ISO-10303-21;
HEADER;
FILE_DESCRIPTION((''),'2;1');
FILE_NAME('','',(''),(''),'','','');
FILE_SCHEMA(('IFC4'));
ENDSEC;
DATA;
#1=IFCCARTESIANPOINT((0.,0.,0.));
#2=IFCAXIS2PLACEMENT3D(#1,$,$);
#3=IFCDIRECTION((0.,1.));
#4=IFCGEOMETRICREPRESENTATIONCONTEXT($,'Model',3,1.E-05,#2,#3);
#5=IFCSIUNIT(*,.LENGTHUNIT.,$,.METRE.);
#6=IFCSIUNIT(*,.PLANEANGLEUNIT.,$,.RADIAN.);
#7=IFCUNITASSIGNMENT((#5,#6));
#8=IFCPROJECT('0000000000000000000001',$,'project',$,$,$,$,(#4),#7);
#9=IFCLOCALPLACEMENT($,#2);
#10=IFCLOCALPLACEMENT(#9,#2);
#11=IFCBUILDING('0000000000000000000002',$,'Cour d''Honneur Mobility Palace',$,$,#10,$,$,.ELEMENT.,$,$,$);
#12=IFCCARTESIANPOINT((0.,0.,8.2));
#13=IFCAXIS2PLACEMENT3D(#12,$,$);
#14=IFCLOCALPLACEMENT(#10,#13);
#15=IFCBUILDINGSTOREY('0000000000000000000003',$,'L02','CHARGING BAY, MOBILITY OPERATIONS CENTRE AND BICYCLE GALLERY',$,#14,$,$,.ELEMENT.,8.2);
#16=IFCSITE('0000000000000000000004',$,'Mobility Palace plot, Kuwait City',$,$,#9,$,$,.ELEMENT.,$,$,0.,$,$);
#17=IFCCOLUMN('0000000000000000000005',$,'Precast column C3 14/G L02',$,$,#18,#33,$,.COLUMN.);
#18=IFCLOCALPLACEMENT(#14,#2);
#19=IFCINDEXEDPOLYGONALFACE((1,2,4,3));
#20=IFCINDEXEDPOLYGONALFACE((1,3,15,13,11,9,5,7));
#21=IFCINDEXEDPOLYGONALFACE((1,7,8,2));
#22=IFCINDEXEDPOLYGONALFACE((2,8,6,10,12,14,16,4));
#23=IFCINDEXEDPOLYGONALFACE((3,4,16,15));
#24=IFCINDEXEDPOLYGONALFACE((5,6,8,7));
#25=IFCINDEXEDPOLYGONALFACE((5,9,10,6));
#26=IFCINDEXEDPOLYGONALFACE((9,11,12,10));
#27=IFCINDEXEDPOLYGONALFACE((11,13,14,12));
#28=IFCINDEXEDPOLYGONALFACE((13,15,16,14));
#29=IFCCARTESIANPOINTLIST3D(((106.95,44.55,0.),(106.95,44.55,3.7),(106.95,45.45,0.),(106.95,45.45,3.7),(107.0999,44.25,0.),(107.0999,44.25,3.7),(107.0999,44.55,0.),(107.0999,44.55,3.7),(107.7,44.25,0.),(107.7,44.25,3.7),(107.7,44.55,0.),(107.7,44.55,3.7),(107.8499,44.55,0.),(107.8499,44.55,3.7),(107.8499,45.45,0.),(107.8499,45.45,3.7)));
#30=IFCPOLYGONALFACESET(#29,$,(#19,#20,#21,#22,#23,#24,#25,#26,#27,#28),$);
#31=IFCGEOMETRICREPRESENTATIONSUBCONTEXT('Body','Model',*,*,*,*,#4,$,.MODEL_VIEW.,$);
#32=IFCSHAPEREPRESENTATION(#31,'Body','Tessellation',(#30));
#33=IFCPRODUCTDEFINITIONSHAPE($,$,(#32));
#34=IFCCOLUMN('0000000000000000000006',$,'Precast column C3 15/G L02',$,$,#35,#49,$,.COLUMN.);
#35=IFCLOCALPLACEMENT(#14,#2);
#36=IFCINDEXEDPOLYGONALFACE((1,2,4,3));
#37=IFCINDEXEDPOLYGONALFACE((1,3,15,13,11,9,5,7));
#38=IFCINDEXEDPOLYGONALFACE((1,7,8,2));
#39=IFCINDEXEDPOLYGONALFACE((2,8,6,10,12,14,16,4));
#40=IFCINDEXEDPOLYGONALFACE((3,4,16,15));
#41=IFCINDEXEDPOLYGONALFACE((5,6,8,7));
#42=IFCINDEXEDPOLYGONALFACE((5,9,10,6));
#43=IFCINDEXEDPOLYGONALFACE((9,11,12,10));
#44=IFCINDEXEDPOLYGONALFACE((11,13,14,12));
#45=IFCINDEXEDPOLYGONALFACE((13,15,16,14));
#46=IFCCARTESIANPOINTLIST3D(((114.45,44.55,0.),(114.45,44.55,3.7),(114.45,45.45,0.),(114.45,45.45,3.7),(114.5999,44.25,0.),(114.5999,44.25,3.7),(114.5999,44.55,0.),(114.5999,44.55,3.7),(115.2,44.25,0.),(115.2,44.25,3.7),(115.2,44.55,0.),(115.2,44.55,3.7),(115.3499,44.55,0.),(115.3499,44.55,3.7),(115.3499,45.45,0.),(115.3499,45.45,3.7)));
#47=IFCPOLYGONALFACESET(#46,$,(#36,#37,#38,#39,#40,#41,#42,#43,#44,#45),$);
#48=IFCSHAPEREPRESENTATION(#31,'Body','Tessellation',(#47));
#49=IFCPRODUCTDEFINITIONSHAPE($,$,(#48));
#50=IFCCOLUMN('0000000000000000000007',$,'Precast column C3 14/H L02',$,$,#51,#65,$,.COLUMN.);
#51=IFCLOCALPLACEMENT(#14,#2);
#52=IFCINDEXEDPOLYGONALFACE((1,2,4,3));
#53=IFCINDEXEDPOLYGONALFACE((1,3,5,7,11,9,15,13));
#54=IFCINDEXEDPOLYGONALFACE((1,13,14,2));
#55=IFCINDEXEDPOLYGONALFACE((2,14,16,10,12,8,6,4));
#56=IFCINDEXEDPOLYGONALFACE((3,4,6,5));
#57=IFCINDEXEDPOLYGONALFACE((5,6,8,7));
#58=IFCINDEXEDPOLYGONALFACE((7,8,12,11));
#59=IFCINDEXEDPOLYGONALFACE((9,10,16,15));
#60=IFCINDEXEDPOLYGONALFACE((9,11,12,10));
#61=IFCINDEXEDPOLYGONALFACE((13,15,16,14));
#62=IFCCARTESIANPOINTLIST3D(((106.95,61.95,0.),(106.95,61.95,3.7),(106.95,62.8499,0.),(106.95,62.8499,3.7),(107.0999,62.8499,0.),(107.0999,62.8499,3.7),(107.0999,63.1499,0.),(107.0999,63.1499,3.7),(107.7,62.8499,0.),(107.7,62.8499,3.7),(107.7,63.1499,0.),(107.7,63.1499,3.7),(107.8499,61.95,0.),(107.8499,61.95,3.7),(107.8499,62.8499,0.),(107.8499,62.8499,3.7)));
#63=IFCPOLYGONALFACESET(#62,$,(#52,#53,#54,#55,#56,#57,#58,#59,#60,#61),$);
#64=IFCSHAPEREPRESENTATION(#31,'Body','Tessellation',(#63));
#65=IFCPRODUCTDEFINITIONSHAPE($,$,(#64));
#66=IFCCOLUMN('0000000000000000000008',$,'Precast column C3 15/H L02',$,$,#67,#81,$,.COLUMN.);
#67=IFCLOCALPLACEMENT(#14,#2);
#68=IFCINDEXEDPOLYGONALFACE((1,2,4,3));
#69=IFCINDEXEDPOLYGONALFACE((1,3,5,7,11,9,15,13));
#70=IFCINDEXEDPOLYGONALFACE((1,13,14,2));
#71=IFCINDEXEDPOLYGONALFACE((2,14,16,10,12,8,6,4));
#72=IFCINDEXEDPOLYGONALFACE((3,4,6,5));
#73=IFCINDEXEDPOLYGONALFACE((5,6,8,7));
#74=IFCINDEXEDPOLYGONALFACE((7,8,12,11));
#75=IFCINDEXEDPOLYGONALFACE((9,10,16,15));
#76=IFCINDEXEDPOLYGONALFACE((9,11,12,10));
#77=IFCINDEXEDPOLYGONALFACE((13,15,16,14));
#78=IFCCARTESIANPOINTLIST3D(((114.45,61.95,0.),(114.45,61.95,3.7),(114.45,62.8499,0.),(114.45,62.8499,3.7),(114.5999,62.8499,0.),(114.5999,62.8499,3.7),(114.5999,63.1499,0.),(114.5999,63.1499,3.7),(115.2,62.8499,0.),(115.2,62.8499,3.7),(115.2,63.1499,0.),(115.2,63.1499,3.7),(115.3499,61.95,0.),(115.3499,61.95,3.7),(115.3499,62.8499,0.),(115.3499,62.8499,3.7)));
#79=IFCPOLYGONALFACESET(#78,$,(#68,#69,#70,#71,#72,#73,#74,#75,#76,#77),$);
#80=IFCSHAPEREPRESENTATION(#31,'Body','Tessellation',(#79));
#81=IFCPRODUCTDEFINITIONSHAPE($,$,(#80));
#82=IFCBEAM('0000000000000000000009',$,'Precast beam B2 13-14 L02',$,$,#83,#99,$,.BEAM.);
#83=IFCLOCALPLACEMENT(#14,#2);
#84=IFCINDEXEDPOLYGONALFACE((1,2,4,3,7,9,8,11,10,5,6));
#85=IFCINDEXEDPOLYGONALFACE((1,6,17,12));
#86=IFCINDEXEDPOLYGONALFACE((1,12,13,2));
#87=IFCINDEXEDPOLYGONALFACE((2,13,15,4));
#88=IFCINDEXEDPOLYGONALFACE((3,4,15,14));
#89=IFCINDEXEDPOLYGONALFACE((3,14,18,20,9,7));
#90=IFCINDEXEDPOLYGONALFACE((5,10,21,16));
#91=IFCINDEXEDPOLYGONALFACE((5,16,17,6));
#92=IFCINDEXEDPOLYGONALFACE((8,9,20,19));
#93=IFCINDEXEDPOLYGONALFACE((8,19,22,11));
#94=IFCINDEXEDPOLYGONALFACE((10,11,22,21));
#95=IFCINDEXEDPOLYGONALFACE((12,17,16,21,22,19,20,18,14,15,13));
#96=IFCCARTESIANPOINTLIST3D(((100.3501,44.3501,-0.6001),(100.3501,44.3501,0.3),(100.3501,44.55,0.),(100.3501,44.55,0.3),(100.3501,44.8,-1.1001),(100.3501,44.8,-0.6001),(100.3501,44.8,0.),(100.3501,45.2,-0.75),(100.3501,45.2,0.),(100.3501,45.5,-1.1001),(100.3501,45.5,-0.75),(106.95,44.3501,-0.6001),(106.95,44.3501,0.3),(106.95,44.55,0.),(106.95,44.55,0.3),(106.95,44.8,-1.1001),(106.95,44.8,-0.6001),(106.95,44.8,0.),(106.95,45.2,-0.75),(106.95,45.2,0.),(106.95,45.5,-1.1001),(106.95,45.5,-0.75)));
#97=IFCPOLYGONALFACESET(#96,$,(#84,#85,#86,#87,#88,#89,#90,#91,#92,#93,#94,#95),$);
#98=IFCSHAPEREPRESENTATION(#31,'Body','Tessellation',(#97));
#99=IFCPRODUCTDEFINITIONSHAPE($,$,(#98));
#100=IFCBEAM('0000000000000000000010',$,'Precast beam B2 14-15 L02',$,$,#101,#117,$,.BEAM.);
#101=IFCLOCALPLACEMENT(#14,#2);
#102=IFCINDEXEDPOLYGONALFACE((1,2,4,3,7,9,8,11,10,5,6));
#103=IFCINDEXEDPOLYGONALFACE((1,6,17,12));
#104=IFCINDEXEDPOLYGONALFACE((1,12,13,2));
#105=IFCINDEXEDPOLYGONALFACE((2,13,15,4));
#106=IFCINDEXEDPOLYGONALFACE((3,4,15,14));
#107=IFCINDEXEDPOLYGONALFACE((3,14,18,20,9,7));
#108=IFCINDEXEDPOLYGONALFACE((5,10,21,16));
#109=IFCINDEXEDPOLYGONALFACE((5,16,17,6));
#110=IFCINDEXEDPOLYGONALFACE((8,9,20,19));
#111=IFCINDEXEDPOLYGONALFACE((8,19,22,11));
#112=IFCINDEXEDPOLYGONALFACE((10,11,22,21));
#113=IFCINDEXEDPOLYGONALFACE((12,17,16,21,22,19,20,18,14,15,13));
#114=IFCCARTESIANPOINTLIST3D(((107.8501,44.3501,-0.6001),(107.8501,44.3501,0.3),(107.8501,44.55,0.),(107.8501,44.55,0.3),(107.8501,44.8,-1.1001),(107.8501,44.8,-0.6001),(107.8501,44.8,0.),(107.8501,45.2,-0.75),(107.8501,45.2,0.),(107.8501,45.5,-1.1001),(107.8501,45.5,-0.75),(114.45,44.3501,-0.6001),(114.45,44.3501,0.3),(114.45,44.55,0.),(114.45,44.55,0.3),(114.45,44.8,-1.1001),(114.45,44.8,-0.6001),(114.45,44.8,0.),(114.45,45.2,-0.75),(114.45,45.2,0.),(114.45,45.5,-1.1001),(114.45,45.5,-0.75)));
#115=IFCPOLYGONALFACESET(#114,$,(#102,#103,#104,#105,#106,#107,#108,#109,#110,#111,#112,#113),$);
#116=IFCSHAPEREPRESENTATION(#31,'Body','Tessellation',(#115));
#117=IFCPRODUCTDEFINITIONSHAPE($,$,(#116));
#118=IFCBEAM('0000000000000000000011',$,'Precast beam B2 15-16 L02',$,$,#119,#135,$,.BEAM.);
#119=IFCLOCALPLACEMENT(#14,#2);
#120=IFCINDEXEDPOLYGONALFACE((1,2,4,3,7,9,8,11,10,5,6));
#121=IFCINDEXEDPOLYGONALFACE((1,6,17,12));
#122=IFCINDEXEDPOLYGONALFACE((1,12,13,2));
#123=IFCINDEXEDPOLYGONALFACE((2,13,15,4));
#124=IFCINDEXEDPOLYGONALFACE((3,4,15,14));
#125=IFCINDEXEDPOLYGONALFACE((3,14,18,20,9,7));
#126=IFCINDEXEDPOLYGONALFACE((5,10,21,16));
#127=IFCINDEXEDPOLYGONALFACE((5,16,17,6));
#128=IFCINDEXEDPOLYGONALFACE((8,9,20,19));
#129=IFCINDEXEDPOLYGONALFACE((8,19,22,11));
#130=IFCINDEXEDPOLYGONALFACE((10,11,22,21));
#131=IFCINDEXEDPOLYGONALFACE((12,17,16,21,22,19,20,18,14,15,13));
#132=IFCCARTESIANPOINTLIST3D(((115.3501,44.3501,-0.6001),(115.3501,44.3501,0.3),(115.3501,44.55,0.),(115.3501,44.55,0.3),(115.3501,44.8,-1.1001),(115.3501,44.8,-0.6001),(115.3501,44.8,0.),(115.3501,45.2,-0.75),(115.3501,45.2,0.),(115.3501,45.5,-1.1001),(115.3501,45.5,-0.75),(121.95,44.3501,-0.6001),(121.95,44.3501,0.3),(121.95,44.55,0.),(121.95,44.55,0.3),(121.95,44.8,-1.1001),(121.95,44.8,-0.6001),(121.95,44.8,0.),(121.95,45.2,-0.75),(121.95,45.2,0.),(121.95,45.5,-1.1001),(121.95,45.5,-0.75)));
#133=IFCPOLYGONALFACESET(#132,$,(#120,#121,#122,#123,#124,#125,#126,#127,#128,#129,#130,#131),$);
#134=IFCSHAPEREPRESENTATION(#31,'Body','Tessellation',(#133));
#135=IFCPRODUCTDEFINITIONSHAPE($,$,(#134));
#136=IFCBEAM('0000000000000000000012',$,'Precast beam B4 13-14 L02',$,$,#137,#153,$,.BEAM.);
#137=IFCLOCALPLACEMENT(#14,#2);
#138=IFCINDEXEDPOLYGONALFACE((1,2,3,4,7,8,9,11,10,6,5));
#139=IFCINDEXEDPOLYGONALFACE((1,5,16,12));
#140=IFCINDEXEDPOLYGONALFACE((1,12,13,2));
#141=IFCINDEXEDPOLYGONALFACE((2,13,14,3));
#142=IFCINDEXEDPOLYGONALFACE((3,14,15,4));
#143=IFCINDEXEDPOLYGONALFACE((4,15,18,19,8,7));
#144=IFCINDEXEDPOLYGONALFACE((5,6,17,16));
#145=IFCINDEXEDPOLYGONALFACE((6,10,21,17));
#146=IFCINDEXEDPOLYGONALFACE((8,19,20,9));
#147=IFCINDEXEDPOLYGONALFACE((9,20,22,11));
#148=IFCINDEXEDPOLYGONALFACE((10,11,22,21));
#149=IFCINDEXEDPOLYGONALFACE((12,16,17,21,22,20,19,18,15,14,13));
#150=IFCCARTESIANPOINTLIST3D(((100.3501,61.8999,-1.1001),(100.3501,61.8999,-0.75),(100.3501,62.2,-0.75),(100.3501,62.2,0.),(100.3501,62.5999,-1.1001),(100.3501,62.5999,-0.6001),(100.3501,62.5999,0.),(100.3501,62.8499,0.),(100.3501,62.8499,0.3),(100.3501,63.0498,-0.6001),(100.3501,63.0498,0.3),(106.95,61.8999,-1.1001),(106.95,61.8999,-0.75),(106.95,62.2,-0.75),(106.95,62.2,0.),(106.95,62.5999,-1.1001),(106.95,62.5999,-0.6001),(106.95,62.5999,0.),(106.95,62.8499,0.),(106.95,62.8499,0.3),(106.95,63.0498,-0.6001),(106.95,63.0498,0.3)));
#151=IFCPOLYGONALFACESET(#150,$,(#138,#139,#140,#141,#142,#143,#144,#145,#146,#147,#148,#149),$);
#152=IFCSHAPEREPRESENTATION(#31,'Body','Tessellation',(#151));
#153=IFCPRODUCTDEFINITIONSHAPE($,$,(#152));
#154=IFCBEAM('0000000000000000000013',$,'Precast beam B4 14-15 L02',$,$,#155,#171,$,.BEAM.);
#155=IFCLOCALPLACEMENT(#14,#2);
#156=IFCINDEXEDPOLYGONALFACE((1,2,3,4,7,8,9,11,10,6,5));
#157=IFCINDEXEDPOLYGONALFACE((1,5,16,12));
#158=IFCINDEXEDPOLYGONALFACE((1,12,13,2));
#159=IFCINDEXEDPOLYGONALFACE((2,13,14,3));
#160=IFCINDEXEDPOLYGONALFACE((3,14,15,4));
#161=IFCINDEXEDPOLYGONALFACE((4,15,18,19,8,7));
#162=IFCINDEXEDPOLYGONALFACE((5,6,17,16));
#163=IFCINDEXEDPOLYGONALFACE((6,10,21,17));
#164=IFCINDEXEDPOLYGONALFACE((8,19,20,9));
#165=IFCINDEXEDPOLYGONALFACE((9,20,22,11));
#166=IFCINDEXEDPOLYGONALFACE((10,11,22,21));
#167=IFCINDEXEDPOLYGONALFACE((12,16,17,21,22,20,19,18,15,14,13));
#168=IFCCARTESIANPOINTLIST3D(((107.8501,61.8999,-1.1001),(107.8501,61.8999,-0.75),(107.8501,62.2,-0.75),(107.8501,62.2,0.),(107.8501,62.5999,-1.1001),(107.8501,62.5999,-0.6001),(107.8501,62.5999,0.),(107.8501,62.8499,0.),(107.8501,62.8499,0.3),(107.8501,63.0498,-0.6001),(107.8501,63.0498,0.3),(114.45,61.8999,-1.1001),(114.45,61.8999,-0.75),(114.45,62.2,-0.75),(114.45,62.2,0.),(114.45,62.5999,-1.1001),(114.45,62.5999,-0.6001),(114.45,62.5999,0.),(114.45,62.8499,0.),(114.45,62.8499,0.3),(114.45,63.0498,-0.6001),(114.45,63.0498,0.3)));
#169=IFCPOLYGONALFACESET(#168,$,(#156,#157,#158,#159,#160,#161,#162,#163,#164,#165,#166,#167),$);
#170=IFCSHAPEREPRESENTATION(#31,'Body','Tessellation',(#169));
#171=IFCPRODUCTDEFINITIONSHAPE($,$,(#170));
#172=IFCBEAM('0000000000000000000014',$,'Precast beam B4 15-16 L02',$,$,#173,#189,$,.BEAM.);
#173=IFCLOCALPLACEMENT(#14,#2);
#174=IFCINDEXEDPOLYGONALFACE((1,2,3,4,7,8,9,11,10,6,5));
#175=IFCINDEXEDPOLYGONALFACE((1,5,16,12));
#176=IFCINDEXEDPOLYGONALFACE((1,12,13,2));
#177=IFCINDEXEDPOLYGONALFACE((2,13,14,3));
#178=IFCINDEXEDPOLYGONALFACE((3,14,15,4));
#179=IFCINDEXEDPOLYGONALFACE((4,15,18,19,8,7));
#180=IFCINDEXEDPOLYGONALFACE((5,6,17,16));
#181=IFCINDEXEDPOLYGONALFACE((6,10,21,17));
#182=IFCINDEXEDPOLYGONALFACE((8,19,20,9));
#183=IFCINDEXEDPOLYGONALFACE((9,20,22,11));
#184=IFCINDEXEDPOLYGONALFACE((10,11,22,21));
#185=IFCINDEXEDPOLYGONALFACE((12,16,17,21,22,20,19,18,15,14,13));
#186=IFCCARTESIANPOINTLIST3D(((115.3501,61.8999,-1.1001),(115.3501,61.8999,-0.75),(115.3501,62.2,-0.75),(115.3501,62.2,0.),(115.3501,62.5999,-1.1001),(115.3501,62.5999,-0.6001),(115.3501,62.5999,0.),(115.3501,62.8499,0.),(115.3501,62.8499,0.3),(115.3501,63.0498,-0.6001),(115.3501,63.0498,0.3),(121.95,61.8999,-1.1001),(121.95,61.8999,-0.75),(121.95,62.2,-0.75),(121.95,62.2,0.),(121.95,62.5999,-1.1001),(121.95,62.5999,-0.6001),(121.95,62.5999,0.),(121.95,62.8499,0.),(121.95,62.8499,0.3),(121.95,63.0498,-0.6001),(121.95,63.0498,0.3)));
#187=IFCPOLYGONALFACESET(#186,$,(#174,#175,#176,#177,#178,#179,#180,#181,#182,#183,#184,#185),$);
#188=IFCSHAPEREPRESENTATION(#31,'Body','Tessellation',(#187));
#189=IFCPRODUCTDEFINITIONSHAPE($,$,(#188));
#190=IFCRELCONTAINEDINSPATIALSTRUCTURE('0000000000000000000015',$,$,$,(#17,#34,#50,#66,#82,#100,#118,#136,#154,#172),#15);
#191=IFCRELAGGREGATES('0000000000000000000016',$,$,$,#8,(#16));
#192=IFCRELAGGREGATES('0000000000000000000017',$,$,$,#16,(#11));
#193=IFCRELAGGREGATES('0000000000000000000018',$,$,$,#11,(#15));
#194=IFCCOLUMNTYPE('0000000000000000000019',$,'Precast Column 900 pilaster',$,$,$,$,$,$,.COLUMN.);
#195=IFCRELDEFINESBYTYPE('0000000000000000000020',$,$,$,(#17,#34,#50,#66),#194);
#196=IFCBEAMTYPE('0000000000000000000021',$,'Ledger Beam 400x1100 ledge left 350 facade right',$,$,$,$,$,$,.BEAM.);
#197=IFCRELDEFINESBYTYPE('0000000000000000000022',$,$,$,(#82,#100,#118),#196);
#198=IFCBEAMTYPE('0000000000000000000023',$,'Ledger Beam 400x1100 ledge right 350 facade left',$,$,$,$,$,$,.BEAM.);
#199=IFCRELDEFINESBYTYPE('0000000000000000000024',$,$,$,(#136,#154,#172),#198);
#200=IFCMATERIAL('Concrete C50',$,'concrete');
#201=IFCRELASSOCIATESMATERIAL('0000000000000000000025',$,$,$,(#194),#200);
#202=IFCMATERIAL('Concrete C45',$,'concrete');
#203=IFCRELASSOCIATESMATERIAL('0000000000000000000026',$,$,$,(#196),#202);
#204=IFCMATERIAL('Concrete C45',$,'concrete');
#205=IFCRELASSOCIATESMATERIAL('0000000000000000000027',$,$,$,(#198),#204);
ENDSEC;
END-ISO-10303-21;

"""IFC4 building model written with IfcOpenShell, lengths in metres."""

from ifc_helpers import new_model, si_unit, direction, frame, origin, place, context, subcontext, project, spatial, polyline, outline, extrude, material, material_profile, profile_set, type_object, element, save


model = new_model("IFC4")

# Units and contexts
model_context = context("Model", 3, precision=1e-05, world=origin(), true_north=direction((0.0, 1.0)))
body_context = subcontext(model_context, "Body", "Model", "MODEL_VIEW")
ifc_project = project(units=[si_unit("LENGTHUNIT", "METRE"), si_unit("PLANEANGLEUNIT", "RADIAN")], contexts=[model_context])

# Site, building, storey
site_placement = place(None, origin())
site = spatial("IfcSite", under=ifc_project, at=site_placement, Name="Mobility Palace plot, Kuwait City", CompositionType="ELEMENT", RefElevation=0.0)
building_placement = place(site_placement, origin())
building = spatial("IfcBuilding", under=site, at=building_placement, Name="Cour d'Honneur Mobility Palace", CompositionType="ELEMENT")
storey_placement = place(building_placement, frame((0.0, 0.0, 8.2)))
storey = spatial("IfcBuildingStorey", under=building, at=storey_placement, Name="L02", Description="CHARGING BAY, MOBILITY OPERATIONS CENTRE AND BICYCLE GALLERY", CompositionType="ELEMENT", Elevation=8.2)

# Columns
ifc_material_1 = material(Name="Concrete C50", Category="concrete")
ifc_material_profile_1 = material_profile(ifc_material_1, outline(polyline([(-0.45, -0.45), (0.45, -0.45), (0.45, -0.3), (0.75, -0.3), (0.75, 0.3), (0.45, 0.3), (0.45, 0.45), (-0.45, 0.45), (-0.45, -0.45)])), Name="PC C900 pilaster")
ifc_profile_set_1 = profile_set([ifc_material_profile_1], Name="Concrete C50")
column_type = type_object("IfcColumnType", Name="Precast Column 900 pilaster", PredefinedType="COLUMN", material=ifc_profile_set_1)
for number, where, z_axis, x_axis, name in (
    (1, (107.3999, 45.0, 0.0), (0.0, 0.0, 1.0), (0.0, -1.0, 0.0), "Precast column C3 14/G L02"),
    (2, (114.8999, 45.0, 0.0), (0.0, 0.0, 1.0), (0.0, -1.0, 0.0), "Precast column C3 15/G L02"),
    (3, (107.3999, 62.3999, 0.0), (0.0, 0.0, 1.0), (0.0, 1.0, 0.0), "Precast column C3 14/H L02"),
    (4, (114.8999, 62.3999, 0.0), (0.0, 0.0, 1.0), (0.0, 1.0, 0.0), "Precast column C3 15/H L02"),
):
    element("IfcColumn", number, at=place(storey_placement, frame(where, z_axis=z_axis, x_axis=x_axis)), inside=storey, type_object=column_type, Name=name, PredefinedType="COLUMN", context=body_context, shape_type="SweptSolid", body=[
        extrude(outline(polyline([(-0.45, -0.45), (0.45, -0.45), (0.45, -0.3), (0.75, -0.3), (0.75, 0.3), (0.45, 0.3), (0.45, 0.45), (-0.45, 0.45), (-0.45, -0.45)])), origin(), (0.0, 0.0, 1.0), 3.7),
    ])

# Beams
ifc_material_2 = material(Name="Concrete C45", Category="concrete")
ifc_material_profile_2 = material_profile(ifc_material_2, outline(polyline([(0.5, -1.1001), (0.5, -0.75), (0.2, -0.75), (0.2, 0.0), (-0.2, 0.0), (-0.45, 0.0), (-0.45, 0.3), (-0.6499, 0.3), (-0.6499, -0.6001), (-0.2, -0.6001), (-0.2, -1.1001), (0.5, -1.1001)])), Name="Ledger Beam 400x1100 ledge left 350 facade right")
ifc_profile_set_2 = profile_set([ifc_material_profile_2], Name="Concrete C45")
beam_type_1 = type_object("IfcBeamType", Name="Ledger Beam 400x1100 ledge left 350 facade right", PredefinedType="BEAM", material=ifc_profile_set_2)
for number, where, z_axis, x_axis, name in (
    (5, (100.3501, 45.0, 0.0), (1.0, 0.0, 0.0), (0.0, 1.0, 0.0), "Precast beam B2 13-14 L02"),
    (6, (107.8501, 45.0, 0.0), (1.0, 0.0, 0.0), (0.0, 1.0, 0.0), "Precast beam B2 14-15 L02"),
    (7, (115.3501, 45.0, 0.0), (1.0, 0.0, 0.0), (0.0, 1.0, 0.0), "Precast beam B2 15-16 L02"),
):
    element("IfcBeam", number, at=place(storey_placement, frame(where, z_axis=z_axis, x_axis=x_axis)), inside=storey, type_object=beam_type_1, Name=name, PredefinedType="BEAM", context=body_context, shape_type="SweptSolid", body=[
        extrude(outline(polyline([(0.5, -1.1001), (0.5, -0.75), (0.2, -0.75), (0.2, 0.0), (-0.2, 0.0), (-0.45, 0.0), (-0.45, 0.3), (-0.6499, 0.3), (-0.6499, -0.6001), (-0.2, -0.6001), (-0.2, -1.1001), (0.5, -1.1001)])), origin(), (0.0, 0.0, 1.0), 6.5999),
    ])
ifc_material_3 = material(Name="Concrete C45", Category="concrete")
ifc_material_profile_3 = material_profile(ifc_material_3, outline(polyline([(0.2, -1.1001), (0.2, -0.6001), (0.6499, -0.6001), (0.6499, 0.3), (0.45, 0.3), (0.45, 0.0), (0.2, 0.0), (-0.2, 0.0), (-0.2, -0.75), (-0.5, -0.75), (-0.5, -1.1001), (0.2, -1.1001)])), Name="Ledger Beam 400x1100 ledge right 350 facade left")
ifc_profile_set_3 = profile_set([ifc_material_profile_3], Name="Concrete C45")
beam_type_2 = type_object("IfcBeamType", Name="Ledger Beam 400x1100 ledge right 350 facade left", PredefinedType="BEAM", material=ifc_profile_set_3)
for number, where, z_axis, x_axis, name in (
    (8, (100.3501, 62.3999, 0.0), (1.0, 0.0, 0.0), (0.0, 1.0, 0.0), "Precast beam B4 13-14 L02"),
    (9, (107.8501, 62.3999, 0.0), (1.0, 0.0, 0.0), (0.0, 1.0, 0.0), "Precast beam B4 14-15 L02"),
    (10, (115.3501, 62.3999, 0.0), (1.0, 0.0, 0.0), (0.0, 1.0, 0.0), "Precast beam B4 15-16 L02"),
):
    element("IfcBeam", number, at=place(storey_placement, frame(where, z_axis=z_axis, x_axis=x_axis)), inside=storey, type_object=beam_type_2, Name=name, PredefinedType="BEAM", context=body_context, shape_type="SweptSolid", body=[
        extrude(outline(polyline([(0.2, -1.1001), (0.2, -0.6001), (0.6499, -0.6001), (0.6499, 0.3), (0.45, 0.3), (0.45, 0.0), (0.2, 0.0), (-0.2, 0.0), (-0.2, -0.75), (-0.5, -0.75), (-0.5, -1.1001), (0.2, -1.1001)])), origin(), (0.0, 0.0, 1.0), 6.5999),
    ])

save(model, "model.ifc")
